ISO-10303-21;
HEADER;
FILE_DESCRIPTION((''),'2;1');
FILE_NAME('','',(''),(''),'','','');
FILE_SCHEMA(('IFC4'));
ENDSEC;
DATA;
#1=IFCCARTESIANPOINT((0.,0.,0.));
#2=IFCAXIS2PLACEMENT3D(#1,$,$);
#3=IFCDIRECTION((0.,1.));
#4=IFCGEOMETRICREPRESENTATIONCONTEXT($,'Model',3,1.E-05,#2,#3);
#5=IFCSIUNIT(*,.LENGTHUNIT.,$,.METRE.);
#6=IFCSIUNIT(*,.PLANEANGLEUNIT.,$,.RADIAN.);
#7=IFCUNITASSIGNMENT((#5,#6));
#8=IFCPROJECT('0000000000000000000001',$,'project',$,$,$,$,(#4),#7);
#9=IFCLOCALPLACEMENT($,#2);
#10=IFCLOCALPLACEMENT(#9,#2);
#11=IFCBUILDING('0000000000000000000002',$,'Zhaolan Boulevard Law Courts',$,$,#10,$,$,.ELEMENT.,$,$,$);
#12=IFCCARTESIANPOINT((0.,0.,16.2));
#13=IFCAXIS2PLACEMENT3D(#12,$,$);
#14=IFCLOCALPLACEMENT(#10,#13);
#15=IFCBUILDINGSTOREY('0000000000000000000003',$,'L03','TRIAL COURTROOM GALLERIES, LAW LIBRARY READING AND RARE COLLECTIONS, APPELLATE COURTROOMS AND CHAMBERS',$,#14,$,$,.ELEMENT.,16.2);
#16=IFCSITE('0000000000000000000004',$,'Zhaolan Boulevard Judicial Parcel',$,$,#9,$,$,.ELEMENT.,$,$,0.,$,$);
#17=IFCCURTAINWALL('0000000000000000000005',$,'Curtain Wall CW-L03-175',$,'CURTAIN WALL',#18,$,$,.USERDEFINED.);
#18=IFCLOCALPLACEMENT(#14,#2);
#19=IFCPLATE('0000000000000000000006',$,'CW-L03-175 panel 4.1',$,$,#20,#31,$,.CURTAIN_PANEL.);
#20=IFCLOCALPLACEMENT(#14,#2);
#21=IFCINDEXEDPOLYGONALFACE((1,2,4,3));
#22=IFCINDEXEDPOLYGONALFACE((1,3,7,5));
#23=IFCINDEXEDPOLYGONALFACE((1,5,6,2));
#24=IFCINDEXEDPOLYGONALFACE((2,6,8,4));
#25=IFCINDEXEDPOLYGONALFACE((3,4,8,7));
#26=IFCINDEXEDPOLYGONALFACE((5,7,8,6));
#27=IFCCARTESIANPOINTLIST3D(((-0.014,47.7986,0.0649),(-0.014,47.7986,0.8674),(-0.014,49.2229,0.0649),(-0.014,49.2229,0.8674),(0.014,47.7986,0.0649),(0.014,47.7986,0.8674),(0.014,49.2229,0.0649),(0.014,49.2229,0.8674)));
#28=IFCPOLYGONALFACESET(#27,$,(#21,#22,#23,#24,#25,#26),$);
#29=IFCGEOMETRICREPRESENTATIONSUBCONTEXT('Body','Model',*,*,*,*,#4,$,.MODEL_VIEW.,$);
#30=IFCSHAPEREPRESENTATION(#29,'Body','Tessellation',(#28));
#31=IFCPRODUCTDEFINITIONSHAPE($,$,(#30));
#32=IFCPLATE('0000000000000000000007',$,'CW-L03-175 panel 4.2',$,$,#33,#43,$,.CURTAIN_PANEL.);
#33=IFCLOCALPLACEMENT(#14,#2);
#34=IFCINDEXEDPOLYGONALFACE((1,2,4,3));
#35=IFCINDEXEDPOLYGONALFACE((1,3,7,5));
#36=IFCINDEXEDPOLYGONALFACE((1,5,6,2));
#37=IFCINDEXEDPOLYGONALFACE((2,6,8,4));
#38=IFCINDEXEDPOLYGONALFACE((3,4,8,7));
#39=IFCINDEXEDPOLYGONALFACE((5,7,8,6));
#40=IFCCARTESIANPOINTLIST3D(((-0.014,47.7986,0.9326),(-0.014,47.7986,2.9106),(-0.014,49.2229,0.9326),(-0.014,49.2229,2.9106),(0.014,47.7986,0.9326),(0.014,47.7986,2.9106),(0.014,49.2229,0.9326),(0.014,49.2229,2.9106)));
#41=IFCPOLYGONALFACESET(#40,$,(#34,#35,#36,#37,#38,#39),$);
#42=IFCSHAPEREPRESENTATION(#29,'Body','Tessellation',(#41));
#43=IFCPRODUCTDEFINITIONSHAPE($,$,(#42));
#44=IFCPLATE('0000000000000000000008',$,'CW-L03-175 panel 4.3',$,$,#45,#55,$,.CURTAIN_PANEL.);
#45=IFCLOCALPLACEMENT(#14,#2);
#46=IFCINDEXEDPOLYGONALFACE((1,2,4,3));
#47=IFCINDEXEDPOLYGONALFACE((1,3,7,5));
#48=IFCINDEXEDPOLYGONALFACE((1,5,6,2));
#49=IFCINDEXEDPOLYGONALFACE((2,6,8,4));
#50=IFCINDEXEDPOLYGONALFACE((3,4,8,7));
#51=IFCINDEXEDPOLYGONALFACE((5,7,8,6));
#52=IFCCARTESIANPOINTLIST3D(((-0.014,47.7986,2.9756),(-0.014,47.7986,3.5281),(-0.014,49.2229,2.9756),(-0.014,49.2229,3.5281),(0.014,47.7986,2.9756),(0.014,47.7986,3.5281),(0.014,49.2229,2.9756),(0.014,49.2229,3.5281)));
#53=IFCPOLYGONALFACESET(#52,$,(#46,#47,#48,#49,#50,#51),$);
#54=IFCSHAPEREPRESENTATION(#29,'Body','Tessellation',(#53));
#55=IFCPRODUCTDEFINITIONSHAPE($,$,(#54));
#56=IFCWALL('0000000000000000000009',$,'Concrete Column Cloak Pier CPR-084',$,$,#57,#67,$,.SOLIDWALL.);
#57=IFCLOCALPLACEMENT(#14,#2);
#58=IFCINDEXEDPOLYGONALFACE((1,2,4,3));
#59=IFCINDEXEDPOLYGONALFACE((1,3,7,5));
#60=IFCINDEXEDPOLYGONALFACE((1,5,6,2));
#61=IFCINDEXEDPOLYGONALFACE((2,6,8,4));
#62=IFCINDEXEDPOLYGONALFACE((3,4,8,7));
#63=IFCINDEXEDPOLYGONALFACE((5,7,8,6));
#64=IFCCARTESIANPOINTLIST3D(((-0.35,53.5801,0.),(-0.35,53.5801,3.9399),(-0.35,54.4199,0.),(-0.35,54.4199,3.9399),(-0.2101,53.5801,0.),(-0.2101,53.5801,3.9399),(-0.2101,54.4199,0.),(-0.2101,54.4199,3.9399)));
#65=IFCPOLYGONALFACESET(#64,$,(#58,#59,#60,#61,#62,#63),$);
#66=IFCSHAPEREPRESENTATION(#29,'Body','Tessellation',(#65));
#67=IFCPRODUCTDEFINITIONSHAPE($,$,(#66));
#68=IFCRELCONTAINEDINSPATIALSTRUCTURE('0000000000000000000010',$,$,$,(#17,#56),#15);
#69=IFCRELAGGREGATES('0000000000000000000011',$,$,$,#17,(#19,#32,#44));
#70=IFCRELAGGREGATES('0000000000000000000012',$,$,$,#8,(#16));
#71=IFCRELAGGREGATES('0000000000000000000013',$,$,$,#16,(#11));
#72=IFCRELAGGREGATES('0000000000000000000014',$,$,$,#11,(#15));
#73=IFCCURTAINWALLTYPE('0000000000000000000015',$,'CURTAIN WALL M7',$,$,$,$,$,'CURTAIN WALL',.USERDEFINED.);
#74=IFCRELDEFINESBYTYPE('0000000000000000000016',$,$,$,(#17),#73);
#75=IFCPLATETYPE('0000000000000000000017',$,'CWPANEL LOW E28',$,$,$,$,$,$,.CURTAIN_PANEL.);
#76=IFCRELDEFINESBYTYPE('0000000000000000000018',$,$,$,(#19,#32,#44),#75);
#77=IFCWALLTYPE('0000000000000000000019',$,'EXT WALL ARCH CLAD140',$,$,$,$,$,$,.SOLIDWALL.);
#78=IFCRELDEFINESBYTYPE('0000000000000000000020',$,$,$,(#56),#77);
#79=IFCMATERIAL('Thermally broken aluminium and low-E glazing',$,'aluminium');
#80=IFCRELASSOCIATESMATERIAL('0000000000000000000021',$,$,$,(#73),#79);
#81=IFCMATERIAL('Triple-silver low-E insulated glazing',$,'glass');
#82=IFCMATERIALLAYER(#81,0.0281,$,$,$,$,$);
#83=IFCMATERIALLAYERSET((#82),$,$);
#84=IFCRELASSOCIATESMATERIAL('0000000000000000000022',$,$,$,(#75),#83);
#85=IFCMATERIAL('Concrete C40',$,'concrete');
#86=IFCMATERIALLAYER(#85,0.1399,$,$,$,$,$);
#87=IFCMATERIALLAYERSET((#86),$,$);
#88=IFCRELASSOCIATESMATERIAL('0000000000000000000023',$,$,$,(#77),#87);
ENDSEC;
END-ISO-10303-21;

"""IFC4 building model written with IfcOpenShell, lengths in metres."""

from ifc_helpers import new_model, si_unit, direction, frame, frame_2d, origin, origin_2d, place, context, subcontext, project, spatial, rectangle, extrude, material, layer, layer_set, type_object, element, aggregate, save


model = new_model("IFC4")

# Units and contexts
model_context = context("Model", 3, precision=1e-05, world=origin(), true_north=direction((0.0, 1.0)))
body_context = subcontext(model_context, "Body", "Model", "MODEL_VIEW")
ifc_project = project(units=[si_unit("LENGTHUNIT", "METRE"), si_unit("PLANEANGLEUNIT", "RADIAN")], contexts=[model_context])

# Site, building, storey
site_placement = place(None, origin())
site = spatial("IfcSite", under=ifc_project, at=site_placement, Name="Zhaolan Boulevard Judicial Parcel", CompositionType="ELEMENT", RefElevation=0.0)
building_placement = place(site_placement, origin())
building = spatial("IfcBuilding", under=site, at=building_placement, Name="Zhaolan Boulevard Law Courts", CompositionType="ELEMENT")
storey_placement = place(building_placement, frame((0.0, 0.0, 16.2)))
storey = spatial("IfcBuildingStorey", under=building, at=storey_placement, Name="L03", Description="TRIAL COURTROOM GALLERIES, LAW LIBRARY READING AND RARE COLLECTIONS, APPELLATE COURTROOMS AND CHAMBERS", CompositionType="ELEMENT", Elevation=16.2)

# Curtain wall, plates
ifc_material_1 = material(Name="Thermally broken aluminium and low-E glazing", Category="aluminium")
curtain_wall_type = type_object("IfcCurtainWallType", Name="CURTAIN WALL M7", ElementType="CURTAIN WALL", PredefinedType="USERDEFINED", material=ifc_material_1)
curtain_wall_placement = place(storey_placement, origin())
curtain_wall = element("IfcCurtainWall", 1, at=curtain_wall_placement, inside=storey, type_object=curtain_wall_type, Name="Curtain Wall CW-L03-175", ObjectType="CURTAIN WALL", PredefinedType="USERDEFINED")
ifc_material_2 = material(Name="Triple-silver low-E insulated glazing", Category="glass")
ifc_layer_1 = layer(ifc_material_2, 0.0281)
ifc_layer_set_1 = layer_set([ifc_layer_1])
plate_type = type_object("IfcPlateType", Name="CWPANEL LOW E28", PredefinedType="CURTAIN_PANEL", material=ifc_layer_set_1)
plate_1_placement = place(storey_placement, frame((0.0, 48.5107, 0.0649), z_axis=(0.0, 0.0, 1.0), x_axis=(0.0, -1.0, 0.0)))
plate_1 = element("IfcPlate", 2, at=plate_1_placement, type_object=plate_type, Name="CW-L03-175 panel 4.1", PredefinedType="CURTAIN_PANEL", context=body_context, shape_type="SweptSolid", body=[
    extrude(rectangle(XDim=1.4243, YDim=0.0281, at=origin_2d()), origin(), (0.0, 0.0, 1.0), 0.8025),
])
plate_2_placement = place(storey_placement, frame((0.0, 48.5107, 0.9326), z_axis=(0.0, 0.0, 1.0), x_axis=(0.0, -1.0, 0.0)))
plate_2 = element("IfcPlate", 3, at=plate_2_placement, type_object=plate_type, Name="CW-L03-175 panel 4.2", PredefinedType="CURTAIN_PANEL", context=body_context, shape_type="SweptSolid", body=[
    extrude(rectangle(XDim=1.4243, YDim=0.0281, at=origin_2d()), origin(), (0.0, 0.0, 1.0), 1.978),
])
plate_3_placement = place(storey_placement, frame((0.0, 48.5107, 2.9756), z_axis=(0.0, 0.0, 1.0), x_axis=(0.0, -1.0, 0.0)))
plate_3 = element("IfcPlate", 4, at=plate_3_placement, type_object=plate_type, Name="CW-L03-175 panel 4.3", PredefinedType="CURTAIN_PANEL", context=body_context, shape_type="SweptSolid", body=[
    extrude(rectangle(XDim=1.4243, YDim=0.0281, at=origin_2d()), origin(), (0.0, 0.0, 1.0), 0.5525),
])
aggregate(curtain_wall, [plate_1, plate_2, plate_3])

# Wall
ifc_material_3 = material(Name="Concrete C40", Category="concrete")
ifc_layer_2 = layer(ifc_material_3, 0.1399)
ifc_layer_set_2 = layer_set([ifc_layer_2])
wall_type = type_object("IfcWallType", Name="EXT WALL ARCH CLAD140", PredefinedType="SOLIDWALL", material=ifc_layer_set_2)
wall_placement = place(storey_placement, frame((-0.28, 53.5801, 0.0), z_axis=(0.0, 0.0, 1.0), x_axis=(0.0, 1.0, 0.0)))
element("IfcWall", 5, at=wall_placement, inside=storey, type_object=wall_type, Name="Concrete Column Cloak Pier CPR-084", PredefinedType="SOLIDWALL", context=body_context, shape_type="SweptSolid", body=[
    extrude(rectangle(XDim=0.8398, YDim=0.1399, at=frame_2d((0.4199, 0.0))), origin(), (0.0, 0.0, 1.0), 3.9399),
])

save(model, "model.ifc")
